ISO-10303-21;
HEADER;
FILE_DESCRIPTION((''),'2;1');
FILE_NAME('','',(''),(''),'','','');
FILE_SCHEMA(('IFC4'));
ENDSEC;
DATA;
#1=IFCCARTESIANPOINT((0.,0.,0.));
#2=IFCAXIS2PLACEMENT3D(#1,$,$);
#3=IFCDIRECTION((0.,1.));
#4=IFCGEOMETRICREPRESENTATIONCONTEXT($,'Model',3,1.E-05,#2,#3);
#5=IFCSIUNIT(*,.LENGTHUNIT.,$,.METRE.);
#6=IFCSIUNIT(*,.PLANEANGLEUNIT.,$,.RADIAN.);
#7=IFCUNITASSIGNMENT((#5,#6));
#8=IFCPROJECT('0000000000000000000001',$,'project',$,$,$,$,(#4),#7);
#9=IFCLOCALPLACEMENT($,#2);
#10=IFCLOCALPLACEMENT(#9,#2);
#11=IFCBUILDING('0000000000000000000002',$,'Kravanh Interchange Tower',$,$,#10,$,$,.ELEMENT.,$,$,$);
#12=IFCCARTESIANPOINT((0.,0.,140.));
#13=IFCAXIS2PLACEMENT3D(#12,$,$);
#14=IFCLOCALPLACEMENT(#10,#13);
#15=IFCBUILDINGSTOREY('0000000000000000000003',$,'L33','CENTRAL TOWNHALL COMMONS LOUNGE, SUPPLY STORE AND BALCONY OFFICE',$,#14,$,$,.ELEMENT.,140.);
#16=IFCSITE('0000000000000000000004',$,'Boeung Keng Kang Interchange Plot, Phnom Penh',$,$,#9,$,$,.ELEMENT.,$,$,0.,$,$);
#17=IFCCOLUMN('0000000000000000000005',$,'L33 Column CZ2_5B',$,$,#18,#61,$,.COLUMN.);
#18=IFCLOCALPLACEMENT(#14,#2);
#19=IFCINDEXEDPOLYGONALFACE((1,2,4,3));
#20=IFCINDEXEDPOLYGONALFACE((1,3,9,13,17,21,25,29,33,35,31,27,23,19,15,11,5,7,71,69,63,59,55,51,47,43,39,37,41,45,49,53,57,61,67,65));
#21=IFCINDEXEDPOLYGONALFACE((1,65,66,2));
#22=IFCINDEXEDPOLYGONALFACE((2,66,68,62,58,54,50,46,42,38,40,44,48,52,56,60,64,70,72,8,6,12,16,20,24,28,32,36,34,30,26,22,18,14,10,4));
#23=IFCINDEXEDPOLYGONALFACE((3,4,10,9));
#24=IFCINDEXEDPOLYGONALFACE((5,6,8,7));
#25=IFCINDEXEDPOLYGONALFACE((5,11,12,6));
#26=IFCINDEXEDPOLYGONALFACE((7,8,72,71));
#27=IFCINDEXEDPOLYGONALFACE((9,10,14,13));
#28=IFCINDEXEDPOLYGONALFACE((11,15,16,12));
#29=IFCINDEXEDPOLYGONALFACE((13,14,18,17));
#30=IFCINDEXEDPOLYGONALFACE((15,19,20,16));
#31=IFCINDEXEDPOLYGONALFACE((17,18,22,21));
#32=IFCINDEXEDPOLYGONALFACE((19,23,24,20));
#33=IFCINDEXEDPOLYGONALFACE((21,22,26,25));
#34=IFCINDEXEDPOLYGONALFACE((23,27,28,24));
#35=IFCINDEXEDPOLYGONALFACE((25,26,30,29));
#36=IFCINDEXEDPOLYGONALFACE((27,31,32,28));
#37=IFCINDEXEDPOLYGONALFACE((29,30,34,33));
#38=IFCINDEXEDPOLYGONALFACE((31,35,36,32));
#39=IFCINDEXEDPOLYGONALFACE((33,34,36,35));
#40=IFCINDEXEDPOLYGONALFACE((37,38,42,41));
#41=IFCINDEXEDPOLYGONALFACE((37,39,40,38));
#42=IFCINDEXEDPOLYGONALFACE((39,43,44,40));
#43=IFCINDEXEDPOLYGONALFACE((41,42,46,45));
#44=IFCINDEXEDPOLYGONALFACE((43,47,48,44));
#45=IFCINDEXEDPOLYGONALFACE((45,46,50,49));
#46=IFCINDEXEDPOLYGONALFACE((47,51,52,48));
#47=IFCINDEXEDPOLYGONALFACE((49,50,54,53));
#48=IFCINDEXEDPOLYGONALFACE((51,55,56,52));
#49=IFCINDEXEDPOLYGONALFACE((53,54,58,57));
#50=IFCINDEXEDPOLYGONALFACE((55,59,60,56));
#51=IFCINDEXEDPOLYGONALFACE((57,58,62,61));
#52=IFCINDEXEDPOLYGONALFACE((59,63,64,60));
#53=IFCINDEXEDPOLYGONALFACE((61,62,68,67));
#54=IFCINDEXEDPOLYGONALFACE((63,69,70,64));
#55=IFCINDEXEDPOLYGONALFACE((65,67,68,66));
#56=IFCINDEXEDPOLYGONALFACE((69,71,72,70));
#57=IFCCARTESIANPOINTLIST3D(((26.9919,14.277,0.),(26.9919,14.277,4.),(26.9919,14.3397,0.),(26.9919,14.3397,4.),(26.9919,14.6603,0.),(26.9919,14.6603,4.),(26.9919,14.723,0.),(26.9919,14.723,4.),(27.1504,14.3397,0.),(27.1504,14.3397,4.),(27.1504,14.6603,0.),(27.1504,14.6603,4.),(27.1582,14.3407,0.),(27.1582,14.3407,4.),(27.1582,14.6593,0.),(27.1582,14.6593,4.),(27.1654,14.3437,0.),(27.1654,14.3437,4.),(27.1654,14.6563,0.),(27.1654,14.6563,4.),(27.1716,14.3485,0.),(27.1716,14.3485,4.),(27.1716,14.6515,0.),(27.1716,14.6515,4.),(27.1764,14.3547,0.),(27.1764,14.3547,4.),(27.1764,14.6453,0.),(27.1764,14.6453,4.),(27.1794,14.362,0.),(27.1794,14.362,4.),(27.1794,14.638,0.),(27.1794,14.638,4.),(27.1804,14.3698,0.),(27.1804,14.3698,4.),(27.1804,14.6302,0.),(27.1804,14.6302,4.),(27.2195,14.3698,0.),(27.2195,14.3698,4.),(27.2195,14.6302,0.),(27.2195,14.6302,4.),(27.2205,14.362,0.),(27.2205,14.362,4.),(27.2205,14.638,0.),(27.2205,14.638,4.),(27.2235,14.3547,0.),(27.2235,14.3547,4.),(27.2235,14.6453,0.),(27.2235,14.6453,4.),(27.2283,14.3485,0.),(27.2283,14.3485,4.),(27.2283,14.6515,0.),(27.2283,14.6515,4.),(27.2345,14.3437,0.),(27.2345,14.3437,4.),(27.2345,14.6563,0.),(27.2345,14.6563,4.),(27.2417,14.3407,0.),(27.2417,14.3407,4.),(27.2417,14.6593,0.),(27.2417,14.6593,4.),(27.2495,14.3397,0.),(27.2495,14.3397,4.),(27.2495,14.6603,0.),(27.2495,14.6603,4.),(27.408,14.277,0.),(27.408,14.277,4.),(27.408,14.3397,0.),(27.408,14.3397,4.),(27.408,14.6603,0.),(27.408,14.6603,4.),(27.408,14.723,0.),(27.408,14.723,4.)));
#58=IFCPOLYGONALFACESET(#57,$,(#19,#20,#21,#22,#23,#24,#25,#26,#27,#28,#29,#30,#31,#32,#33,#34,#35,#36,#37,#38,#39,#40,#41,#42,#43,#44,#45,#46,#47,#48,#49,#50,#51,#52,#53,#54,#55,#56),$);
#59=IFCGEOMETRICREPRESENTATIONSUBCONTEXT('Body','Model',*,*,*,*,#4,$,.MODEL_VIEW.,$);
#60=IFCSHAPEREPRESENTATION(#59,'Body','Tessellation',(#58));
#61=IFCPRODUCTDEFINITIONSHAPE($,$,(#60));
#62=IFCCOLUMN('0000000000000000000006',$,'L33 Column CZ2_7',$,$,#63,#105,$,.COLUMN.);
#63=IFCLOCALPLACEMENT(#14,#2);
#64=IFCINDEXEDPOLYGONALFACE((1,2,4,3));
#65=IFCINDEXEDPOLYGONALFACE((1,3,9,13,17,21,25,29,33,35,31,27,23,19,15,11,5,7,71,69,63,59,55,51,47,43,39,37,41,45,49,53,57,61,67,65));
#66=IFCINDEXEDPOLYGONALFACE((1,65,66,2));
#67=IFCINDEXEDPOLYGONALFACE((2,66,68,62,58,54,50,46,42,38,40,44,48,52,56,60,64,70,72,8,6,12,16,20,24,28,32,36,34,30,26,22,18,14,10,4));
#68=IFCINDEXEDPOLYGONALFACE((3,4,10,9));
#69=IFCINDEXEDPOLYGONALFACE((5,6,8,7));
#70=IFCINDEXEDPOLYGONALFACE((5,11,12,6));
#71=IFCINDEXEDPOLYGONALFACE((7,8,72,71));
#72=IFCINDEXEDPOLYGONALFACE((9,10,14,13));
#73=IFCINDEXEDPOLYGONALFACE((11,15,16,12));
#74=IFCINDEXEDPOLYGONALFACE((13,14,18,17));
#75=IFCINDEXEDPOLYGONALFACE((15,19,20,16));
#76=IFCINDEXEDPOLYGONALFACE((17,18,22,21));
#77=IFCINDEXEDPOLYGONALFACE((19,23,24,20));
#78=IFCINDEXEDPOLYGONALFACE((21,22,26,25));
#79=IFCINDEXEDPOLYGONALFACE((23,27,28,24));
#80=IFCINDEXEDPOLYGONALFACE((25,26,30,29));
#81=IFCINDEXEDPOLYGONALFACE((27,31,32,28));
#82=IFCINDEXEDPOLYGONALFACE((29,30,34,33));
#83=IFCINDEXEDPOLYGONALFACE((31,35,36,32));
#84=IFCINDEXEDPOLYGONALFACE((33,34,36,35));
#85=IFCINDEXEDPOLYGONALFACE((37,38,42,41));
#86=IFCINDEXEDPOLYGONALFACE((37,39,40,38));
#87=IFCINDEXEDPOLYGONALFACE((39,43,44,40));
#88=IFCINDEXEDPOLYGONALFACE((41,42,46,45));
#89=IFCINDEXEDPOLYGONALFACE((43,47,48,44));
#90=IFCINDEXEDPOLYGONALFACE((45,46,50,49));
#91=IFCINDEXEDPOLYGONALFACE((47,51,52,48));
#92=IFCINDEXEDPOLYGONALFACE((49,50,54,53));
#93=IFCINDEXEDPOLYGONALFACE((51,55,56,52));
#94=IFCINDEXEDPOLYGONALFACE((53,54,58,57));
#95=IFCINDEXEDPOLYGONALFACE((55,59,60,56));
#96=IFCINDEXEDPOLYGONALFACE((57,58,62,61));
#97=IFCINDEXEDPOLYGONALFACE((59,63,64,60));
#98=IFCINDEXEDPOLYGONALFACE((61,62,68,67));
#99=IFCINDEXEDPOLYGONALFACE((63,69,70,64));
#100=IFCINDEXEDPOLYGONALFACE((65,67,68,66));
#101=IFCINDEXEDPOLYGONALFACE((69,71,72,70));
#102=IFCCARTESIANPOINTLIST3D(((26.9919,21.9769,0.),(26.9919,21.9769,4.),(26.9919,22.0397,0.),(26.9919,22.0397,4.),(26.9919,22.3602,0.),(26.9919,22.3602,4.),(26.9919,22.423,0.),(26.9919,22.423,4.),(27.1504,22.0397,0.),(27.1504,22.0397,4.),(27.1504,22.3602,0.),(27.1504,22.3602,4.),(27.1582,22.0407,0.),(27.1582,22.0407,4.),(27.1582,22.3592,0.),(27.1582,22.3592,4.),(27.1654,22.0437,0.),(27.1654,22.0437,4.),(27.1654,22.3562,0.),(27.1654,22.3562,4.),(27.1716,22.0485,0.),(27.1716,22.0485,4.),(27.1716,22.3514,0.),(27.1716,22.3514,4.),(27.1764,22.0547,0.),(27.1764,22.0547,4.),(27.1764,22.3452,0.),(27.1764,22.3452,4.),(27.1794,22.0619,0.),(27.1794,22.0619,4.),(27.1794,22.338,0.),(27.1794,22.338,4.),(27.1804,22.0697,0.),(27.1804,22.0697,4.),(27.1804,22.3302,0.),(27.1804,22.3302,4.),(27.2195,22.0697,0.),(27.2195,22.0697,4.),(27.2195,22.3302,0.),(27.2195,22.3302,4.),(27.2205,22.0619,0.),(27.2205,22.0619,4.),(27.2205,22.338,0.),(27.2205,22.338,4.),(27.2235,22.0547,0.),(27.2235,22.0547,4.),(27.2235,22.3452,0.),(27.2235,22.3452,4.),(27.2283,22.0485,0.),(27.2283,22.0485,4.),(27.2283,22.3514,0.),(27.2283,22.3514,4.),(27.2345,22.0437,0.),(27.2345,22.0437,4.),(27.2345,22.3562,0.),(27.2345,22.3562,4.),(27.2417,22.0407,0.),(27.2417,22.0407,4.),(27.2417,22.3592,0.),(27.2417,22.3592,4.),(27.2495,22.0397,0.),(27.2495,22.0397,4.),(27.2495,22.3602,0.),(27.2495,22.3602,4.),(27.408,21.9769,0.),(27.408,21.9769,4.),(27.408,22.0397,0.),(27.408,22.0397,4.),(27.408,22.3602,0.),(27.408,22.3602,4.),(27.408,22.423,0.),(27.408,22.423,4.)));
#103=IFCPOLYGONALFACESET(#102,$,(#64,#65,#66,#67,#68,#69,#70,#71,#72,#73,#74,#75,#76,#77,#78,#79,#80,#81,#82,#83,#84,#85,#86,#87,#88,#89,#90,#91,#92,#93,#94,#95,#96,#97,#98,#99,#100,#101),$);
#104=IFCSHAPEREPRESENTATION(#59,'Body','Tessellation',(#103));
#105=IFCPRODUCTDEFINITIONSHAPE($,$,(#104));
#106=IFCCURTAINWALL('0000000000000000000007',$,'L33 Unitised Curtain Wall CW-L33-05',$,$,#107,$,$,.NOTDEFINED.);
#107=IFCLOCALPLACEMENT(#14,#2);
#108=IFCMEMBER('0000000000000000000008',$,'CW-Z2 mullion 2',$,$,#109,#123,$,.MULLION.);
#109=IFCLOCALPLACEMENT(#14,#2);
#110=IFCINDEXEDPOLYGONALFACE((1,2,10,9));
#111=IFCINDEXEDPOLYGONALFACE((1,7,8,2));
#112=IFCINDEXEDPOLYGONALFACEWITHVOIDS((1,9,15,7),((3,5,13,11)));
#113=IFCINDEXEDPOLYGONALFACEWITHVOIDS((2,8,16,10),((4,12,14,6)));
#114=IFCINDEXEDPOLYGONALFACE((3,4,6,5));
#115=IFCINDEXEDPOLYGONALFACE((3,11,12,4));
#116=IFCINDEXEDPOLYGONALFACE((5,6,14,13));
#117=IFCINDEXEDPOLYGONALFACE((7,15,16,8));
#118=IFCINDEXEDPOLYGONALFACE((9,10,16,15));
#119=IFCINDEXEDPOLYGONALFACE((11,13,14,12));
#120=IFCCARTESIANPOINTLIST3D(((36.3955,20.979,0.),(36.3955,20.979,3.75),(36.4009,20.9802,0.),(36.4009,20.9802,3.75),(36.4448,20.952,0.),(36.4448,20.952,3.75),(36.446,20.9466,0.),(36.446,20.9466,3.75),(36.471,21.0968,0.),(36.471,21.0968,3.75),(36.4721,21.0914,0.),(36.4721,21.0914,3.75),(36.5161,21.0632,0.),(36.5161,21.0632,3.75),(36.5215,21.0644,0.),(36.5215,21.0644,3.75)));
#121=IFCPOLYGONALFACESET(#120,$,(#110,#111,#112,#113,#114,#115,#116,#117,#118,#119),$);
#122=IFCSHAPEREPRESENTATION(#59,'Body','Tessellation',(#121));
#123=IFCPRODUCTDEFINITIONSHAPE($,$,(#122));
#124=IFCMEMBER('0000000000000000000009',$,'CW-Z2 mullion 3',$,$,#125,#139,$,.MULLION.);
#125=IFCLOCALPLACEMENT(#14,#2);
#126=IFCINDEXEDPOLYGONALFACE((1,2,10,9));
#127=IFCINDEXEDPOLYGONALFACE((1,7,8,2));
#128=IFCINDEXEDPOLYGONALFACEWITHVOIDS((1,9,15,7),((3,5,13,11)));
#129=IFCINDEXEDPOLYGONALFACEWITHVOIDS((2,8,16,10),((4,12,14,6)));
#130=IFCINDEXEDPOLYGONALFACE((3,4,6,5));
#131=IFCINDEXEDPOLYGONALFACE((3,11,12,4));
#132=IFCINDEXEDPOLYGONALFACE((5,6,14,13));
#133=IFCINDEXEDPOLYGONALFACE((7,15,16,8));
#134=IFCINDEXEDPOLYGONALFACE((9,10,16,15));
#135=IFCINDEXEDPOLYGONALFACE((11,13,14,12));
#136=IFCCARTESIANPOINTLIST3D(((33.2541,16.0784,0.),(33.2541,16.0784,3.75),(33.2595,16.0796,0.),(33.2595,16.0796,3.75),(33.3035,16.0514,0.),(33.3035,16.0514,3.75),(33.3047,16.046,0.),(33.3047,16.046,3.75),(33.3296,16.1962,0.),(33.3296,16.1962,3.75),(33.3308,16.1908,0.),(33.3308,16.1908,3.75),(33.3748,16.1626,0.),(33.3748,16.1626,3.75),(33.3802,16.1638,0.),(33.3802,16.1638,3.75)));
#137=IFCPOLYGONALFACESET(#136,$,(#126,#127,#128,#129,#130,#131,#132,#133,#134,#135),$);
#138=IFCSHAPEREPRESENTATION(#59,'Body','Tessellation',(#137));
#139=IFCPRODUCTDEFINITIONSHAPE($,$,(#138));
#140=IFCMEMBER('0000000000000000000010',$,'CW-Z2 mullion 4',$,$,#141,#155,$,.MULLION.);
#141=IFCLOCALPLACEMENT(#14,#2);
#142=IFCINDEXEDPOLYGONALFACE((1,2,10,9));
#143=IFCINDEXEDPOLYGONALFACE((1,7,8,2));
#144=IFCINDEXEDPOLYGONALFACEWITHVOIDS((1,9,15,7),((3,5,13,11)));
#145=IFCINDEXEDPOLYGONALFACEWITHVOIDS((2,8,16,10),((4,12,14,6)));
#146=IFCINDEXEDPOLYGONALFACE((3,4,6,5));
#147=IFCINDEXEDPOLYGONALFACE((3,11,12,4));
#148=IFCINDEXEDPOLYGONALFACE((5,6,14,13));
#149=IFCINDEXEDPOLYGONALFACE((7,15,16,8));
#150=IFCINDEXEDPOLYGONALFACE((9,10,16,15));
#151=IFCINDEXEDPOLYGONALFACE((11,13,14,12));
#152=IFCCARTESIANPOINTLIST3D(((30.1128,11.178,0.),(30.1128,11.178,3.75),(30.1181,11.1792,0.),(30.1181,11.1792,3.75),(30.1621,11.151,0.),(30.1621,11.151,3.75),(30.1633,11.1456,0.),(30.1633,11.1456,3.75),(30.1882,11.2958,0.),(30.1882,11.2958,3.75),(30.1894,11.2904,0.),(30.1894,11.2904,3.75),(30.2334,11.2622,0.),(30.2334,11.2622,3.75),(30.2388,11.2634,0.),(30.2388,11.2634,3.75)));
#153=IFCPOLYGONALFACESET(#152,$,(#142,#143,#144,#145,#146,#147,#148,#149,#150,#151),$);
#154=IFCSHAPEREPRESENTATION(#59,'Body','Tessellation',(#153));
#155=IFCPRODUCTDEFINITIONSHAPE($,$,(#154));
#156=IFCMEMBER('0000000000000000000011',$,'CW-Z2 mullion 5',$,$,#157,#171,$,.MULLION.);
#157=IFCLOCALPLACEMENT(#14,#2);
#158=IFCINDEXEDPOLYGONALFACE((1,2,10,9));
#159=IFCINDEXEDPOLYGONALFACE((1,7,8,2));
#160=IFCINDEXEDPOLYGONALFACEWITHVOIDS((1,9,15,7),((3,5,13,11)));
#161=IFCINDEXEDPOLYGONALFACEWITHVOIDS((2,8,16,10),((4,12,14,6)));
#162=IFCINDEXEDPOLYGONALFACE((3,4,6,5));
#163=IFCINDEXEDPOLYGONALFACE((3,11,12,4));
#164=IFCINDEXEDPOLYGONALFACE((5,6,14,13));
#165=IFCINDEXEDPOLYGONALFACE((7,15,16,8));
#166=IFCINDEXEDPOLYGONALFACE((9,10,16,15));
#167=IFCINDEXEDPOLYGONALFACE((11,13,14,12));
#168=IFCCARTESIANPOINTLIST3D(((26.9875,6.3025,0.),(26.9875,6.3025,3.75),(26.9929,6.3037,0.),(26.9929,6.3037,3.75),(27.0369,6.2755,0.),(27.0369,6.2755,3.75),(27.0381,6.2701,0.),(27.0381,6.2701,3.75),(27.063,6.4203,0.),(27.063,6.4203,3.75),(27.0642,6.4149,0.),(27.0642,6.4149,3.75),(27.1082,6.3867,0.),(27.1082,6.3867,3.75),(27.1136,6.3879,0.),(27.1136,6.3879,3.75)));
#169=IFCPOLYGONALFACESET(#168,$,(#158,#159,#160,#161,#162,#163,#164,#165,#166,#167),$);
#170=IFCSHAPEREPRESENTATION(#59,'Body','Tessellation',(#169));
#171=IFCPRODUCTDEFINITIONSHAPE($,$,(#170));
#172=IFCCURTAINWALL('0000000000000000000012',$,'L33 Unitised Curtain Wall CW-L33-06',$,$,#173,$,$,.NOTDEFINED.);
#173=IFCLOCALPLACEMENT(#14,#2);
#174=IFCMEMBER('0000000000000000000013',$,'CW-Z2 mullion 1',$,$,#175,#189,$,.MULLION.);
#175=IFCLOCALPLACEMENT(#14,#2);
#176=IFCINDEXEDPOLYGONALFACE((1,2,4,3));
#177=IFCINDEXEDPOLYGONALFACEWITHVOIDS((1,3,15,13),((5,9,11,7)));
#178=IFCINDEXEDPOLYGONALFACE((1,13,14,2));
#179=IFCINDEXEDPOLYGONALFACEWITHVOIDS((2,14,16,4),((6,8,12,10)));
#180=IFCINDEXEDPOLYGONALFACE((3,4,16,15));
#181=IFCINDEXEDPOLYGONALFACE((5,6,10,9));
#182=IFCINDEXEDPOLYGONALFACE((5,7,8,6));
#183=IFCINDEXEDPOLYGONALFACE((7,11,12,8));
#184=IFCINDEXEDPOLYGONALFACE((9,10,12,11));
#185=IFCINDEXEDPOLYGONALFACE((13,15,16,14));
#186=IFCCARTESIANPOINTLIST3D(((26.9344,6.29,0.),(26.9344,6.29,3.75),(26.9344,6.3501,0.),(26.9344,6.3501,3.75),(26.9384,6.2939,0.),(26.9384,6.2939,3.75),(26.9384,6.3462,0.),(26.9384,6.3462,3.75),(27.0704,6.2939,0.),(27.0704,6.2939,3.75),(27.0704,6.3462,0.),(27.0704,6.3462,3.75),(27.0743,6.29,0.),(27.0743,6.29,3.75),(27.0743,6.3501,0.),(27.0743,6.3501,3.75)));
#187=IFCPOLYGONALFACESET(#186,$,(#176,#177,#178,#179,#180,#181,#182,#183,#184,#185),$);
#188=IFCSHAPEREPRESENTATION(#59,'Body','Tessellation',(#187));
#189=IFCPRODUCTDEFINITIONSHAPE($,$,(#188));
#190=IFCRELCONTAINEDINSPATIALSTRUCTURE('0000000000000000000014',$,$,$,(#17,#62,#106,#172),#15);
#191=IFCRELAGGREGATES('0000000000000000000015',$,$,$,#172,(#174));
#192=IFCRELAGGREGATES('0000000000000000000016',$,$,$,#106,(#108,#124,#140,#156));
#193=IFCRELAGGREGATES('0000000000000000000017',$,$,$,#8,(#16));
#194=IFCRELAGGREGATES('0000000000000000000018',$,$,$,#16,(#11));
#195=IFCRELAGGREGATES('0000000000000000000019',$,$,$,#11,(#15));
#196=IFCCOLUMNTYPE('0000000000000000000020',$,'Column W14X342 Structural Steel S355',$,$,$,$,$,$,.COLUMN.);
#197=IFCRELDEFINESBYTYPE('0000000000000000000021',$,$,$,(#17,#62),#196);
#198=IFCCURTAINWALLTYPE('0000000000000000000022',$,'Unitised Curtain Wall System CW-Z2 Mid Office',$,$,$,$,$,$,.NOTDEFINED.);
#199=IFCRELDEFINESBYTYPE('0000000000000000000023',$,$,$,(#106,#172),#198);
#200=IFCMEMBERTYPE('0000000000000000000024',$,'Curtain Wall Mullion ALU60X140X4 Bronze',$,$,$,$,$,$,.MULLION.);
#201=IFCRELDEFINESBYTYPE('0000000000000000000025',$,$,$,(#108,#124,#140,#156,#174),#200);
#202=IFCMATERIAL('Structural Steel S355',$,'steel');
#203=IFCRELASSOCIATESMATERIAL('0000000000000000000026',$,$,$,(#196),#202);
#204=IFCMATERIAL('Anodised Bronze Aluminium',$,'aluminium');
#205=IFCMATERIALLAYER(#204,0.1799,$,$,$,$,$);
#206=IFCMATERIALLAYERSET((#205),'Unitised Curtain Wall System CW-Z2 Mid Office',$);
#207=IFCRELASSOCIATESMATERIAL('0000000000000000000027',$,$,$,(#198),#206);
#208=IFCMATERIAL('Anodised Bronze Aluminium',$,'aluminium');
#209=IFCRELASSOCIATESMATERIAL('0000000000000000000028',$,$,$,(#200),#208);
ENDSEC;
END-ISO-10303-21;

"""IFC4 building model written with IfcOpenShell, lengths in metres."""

from ifc_helpers import new_model, si_unit, direction, frame, origin, origin_2d, place, context, subcontext, project, spatial, hollow_rectangle, i_section, extrude, material, layer, layer_set, material_profile, profile_set, type_object, element, aggregate, save


model = new_model("IFC4")

# Units and contexts
model_context = context("Model", 3, precision=1e-05, world=origin(), true_north=direction((0.0, 1.0)))
body_context = subcontext(model_context, "Body", "Model", "MODEL_VIEW")
ifc_project = project(units=[si_unit("LENGTHUNIT", "METRE"), si_unit("PLANEANGLEUNIT", "RADIAN")], contexts=[model_context])

# Site, building, storey
site_placement = place(None, origin())
site = spatial("IfcSite", under=ifc_project, at=site_placement, Name="Boeung Keng Kang Interchange Plot, Phnom Penh", CompositionType="ELEMENT", RefElevation=0.0)
building_placement = place(site_placement, origin())
building = spatial("IfcBuilding", under=site, at=building_placement, Name="Kravanh Interchange Tower", CompositionType="ELEMENT")
storey_placement = place(building_placement, frame((0.0, 0.0, 140.0)))
storey = spatial("IfcBuildingStorey", under=building, at=storey_placement, Name="L33", Description="CENTRAL TOWNHALL COMMONS LOUNGE, SUPPLY STORE AND BALCONY OFFICE", CompositionType="ELEMENT", Elevation=140.0)

# Columns
ifc_material_1 = material(Name="Structural Steel S355", Category="steel")
ifc_material_profile_1 = material_profile(ifc_material_1, i_section(OverallWidth=0.416, OverallDepth=0.446, WebThickness=0.0391, FlangeThickness=0.0627, FilletRadius=0.03, at=origin_2d()), Name="W14X342")
ifc_profile_set_1 = profile_set([ifc_material_profile_1], Name="Structural Steel S355")
column_type = type_object("IfcColumnType", Name="Column W14X342 Structural Steel S355", PredefinedType="COLUMN", material=ifc_profile_set_1)
for number, where, z_axis, x_axis, name in (
    (1, (27.2, 14.5, 0.0), (0.0, 0.0, 1.0), (1.0, 0.0, 0.0), "L33 Column CZ2_5B"),
    (2, (27.2, 22.2, 0.0), (0.0, 0.0, 1.0), (1.0, 0.0, 0.0), "L33 Column CZ2_7"),
):
    element("IfcColumn", number, at=place(storey_placement, frame(where, z_axis=z_axis, x_axis=x_axis)), inside=storey, type_object=column_type, Name=name, PredefinedType="COLUMN", context=body_context, shape_type="SweptSolid", body=[
        extrude(i_section(OverallWidth=0.416, OverallDepth=0.446, WebThickness=0.0391, FlangeThickness=0.0627, FilletRadius=0.03, at=origin_2d()), origin(), (0.0, 0.0, 1.0), 4.0),
    ])

# Curtain wall, members
ifc_material_2 = material(Name="Anodised Bronze Aluminium", Category="aluminium")
ifc_layer_1 = layer(ifc_material_2, 0.1799)
ifc_layer_set_1 = layer_set([ifc_layer_1], Name="Unitised Curtain Wall System CW-Z2 Mid Office")
curtain_wall_type = type_object("IfcCurtainWallType", Name="Unitised Curtain Wall System CW-Z2 Mid Office", PredefinedType="NOTDEFINED", material=ifc_layer_set_1)
curtain_wall_1_placement = place(storey_placement, origin())
curtain_wall_1 = element("IfcCurtainWall", 3, at=curtain_wall_1_placement, inside=storey, type_object=curtain_wall_type, Name="L33 Unitised Curtain Wall CW-L33-05", PredefinedType="NOTDEFINED")
ifc_material_3 = material(Name="Anodised Bronze Aluminium", Category="aluminium")
ifc_material_profile_2 = material_profile(ifc_material_3, hollow_rectangle(XDim=0.0601, YDim=0.1399, WallThickness=0.0039, at=origin_2d()), Name="ALU60X140X4")
ifc_profile_set_2 = profile_set([ifc_material_profile_2], Name="Anodised Bronze Aluminium")
member_type_1 = type_object("IfcMemberType", Name="Curtain Wall Mullion ALU60X140X4 Bronze", PredefinedType="MULLION", material=ifc_profile_set_2)
member_1_placement = place(storey_placement, frame((36.4585, 21.0217, 0.0), z_axis=(0.0, 0.0, 1.0), x_axis=(0.84188, -0.539665, 0.0)))
member_1 = element("IfcMember", 4, at=member_1_placement, type_object=member_type_1, Name="CW-Z2 mullion 2", PredefinedType="MULLION", context=body_context, shape_type="SweptSolid", body=[
    extrude(hollow_rectangle(XDim=0.0601, YDim=0.1399, WallThickness=0.0039, at=origin_2d()), origin(), (0.0, 0.0, 1.0), 3.75),
])
member_2_placement = place(storey_placement, frame((33.3171, 16.1211, 0.0), z_axis=(0.0, 0.0, 1.0), x_axis=(0.84188, -0.539665, 0.0)))
member_2 = element("IfcMember", 5, at=member_2_placement, type_object=member_type_1, Name="CW-Z2 mullion 3", PredefinedType="MULLION", context=body_context, shape_type="SweptSolid", body=[
    extrude(hollow_rectangle(XDim=0.0601, YDim=0.1399, WallThickness=0.0039, at=origin_2d()), origin(), (0.0, 0.0, 1.0), 3.75),
])
member_3_placement = place(storey_placement, frame((30.1758, 11.2207, 0.0), z_axis=(0.0, 0.0, 1.0), x_axis=(0.84188, -0.539665, 0.0)))
member_3 = element("IfcMember", 6, at=member_3_placement, type_object=member_type_1, Name="CW-Z2 mullion 4", PredefinedType="MULLION", context=body_context, shape_type="SweptSolid", body=[
    extrude(hollow_rectangle(XDim=0.0601, YDim=0.1399, WallThickness=0.0039, at=origin_2d()), origin(), (0.0, 0.0, 1.0), 3.75),
])
member_4_placement = place(storey_placement, frame((27.0505, 6.3452, 0.0), z_axis=(0.0, 0.0, 1.0), x_axis=(0.84188, -0.539665, 0.0)))
member_4 = element("IfcMember", 7, at=member_4_placement, type_object=member_type_1, Name="CW-Z2 mullion 5", PredefinedType="MULLION", context=body_context, shape_type="SweptSolid", body=[
    extrude(hollow_rectangle(XDim=0.0601, YDim=0.1399, WallThickness=0.0039, at=origin_2d()), origin(), (0.0, 0.0, 1.0), 3.75),
])

# Curtain wall, member
curtain_wall_2_placement = place(storey_placement, origin())
curtain_wall_2 = element("IfcCurtainWall", 8, at=curtain_wall_2_placement, inside=storey, type_object=curtain_wall_type, Name="L33 Unitised Curtain Wall CW-L33-06", PredefinedType="NOTDEFINED")
member_5_placement = place(storey_placement, frame((27.0044, 6.3201, 0.0), z_axis=(0.0, 0.0, 1.0), x_axis=(0.0, -1.0, 0.0)))
member_5 = element("IfcMember", 9, at=member_5_placement, type_object=member_type_1, Name="CW-Z2 mullion 1", PredefinedType="MULLION", context=body_context, shape_type="SweptSolid", body=[
    extrude(hollow_rectangle(XDim=0.0601, YDim=0.1399, WallThickness=0.0039, at=origin_2d()), origin(), (0.0, 0.0, 1.0), 3.75),
])

aggregate(curtain_wall_2, [member_5])

aggregate(curtain_wall_1, [member_1, member_2, member_3, member_4])

save(model, "model.ifc")
